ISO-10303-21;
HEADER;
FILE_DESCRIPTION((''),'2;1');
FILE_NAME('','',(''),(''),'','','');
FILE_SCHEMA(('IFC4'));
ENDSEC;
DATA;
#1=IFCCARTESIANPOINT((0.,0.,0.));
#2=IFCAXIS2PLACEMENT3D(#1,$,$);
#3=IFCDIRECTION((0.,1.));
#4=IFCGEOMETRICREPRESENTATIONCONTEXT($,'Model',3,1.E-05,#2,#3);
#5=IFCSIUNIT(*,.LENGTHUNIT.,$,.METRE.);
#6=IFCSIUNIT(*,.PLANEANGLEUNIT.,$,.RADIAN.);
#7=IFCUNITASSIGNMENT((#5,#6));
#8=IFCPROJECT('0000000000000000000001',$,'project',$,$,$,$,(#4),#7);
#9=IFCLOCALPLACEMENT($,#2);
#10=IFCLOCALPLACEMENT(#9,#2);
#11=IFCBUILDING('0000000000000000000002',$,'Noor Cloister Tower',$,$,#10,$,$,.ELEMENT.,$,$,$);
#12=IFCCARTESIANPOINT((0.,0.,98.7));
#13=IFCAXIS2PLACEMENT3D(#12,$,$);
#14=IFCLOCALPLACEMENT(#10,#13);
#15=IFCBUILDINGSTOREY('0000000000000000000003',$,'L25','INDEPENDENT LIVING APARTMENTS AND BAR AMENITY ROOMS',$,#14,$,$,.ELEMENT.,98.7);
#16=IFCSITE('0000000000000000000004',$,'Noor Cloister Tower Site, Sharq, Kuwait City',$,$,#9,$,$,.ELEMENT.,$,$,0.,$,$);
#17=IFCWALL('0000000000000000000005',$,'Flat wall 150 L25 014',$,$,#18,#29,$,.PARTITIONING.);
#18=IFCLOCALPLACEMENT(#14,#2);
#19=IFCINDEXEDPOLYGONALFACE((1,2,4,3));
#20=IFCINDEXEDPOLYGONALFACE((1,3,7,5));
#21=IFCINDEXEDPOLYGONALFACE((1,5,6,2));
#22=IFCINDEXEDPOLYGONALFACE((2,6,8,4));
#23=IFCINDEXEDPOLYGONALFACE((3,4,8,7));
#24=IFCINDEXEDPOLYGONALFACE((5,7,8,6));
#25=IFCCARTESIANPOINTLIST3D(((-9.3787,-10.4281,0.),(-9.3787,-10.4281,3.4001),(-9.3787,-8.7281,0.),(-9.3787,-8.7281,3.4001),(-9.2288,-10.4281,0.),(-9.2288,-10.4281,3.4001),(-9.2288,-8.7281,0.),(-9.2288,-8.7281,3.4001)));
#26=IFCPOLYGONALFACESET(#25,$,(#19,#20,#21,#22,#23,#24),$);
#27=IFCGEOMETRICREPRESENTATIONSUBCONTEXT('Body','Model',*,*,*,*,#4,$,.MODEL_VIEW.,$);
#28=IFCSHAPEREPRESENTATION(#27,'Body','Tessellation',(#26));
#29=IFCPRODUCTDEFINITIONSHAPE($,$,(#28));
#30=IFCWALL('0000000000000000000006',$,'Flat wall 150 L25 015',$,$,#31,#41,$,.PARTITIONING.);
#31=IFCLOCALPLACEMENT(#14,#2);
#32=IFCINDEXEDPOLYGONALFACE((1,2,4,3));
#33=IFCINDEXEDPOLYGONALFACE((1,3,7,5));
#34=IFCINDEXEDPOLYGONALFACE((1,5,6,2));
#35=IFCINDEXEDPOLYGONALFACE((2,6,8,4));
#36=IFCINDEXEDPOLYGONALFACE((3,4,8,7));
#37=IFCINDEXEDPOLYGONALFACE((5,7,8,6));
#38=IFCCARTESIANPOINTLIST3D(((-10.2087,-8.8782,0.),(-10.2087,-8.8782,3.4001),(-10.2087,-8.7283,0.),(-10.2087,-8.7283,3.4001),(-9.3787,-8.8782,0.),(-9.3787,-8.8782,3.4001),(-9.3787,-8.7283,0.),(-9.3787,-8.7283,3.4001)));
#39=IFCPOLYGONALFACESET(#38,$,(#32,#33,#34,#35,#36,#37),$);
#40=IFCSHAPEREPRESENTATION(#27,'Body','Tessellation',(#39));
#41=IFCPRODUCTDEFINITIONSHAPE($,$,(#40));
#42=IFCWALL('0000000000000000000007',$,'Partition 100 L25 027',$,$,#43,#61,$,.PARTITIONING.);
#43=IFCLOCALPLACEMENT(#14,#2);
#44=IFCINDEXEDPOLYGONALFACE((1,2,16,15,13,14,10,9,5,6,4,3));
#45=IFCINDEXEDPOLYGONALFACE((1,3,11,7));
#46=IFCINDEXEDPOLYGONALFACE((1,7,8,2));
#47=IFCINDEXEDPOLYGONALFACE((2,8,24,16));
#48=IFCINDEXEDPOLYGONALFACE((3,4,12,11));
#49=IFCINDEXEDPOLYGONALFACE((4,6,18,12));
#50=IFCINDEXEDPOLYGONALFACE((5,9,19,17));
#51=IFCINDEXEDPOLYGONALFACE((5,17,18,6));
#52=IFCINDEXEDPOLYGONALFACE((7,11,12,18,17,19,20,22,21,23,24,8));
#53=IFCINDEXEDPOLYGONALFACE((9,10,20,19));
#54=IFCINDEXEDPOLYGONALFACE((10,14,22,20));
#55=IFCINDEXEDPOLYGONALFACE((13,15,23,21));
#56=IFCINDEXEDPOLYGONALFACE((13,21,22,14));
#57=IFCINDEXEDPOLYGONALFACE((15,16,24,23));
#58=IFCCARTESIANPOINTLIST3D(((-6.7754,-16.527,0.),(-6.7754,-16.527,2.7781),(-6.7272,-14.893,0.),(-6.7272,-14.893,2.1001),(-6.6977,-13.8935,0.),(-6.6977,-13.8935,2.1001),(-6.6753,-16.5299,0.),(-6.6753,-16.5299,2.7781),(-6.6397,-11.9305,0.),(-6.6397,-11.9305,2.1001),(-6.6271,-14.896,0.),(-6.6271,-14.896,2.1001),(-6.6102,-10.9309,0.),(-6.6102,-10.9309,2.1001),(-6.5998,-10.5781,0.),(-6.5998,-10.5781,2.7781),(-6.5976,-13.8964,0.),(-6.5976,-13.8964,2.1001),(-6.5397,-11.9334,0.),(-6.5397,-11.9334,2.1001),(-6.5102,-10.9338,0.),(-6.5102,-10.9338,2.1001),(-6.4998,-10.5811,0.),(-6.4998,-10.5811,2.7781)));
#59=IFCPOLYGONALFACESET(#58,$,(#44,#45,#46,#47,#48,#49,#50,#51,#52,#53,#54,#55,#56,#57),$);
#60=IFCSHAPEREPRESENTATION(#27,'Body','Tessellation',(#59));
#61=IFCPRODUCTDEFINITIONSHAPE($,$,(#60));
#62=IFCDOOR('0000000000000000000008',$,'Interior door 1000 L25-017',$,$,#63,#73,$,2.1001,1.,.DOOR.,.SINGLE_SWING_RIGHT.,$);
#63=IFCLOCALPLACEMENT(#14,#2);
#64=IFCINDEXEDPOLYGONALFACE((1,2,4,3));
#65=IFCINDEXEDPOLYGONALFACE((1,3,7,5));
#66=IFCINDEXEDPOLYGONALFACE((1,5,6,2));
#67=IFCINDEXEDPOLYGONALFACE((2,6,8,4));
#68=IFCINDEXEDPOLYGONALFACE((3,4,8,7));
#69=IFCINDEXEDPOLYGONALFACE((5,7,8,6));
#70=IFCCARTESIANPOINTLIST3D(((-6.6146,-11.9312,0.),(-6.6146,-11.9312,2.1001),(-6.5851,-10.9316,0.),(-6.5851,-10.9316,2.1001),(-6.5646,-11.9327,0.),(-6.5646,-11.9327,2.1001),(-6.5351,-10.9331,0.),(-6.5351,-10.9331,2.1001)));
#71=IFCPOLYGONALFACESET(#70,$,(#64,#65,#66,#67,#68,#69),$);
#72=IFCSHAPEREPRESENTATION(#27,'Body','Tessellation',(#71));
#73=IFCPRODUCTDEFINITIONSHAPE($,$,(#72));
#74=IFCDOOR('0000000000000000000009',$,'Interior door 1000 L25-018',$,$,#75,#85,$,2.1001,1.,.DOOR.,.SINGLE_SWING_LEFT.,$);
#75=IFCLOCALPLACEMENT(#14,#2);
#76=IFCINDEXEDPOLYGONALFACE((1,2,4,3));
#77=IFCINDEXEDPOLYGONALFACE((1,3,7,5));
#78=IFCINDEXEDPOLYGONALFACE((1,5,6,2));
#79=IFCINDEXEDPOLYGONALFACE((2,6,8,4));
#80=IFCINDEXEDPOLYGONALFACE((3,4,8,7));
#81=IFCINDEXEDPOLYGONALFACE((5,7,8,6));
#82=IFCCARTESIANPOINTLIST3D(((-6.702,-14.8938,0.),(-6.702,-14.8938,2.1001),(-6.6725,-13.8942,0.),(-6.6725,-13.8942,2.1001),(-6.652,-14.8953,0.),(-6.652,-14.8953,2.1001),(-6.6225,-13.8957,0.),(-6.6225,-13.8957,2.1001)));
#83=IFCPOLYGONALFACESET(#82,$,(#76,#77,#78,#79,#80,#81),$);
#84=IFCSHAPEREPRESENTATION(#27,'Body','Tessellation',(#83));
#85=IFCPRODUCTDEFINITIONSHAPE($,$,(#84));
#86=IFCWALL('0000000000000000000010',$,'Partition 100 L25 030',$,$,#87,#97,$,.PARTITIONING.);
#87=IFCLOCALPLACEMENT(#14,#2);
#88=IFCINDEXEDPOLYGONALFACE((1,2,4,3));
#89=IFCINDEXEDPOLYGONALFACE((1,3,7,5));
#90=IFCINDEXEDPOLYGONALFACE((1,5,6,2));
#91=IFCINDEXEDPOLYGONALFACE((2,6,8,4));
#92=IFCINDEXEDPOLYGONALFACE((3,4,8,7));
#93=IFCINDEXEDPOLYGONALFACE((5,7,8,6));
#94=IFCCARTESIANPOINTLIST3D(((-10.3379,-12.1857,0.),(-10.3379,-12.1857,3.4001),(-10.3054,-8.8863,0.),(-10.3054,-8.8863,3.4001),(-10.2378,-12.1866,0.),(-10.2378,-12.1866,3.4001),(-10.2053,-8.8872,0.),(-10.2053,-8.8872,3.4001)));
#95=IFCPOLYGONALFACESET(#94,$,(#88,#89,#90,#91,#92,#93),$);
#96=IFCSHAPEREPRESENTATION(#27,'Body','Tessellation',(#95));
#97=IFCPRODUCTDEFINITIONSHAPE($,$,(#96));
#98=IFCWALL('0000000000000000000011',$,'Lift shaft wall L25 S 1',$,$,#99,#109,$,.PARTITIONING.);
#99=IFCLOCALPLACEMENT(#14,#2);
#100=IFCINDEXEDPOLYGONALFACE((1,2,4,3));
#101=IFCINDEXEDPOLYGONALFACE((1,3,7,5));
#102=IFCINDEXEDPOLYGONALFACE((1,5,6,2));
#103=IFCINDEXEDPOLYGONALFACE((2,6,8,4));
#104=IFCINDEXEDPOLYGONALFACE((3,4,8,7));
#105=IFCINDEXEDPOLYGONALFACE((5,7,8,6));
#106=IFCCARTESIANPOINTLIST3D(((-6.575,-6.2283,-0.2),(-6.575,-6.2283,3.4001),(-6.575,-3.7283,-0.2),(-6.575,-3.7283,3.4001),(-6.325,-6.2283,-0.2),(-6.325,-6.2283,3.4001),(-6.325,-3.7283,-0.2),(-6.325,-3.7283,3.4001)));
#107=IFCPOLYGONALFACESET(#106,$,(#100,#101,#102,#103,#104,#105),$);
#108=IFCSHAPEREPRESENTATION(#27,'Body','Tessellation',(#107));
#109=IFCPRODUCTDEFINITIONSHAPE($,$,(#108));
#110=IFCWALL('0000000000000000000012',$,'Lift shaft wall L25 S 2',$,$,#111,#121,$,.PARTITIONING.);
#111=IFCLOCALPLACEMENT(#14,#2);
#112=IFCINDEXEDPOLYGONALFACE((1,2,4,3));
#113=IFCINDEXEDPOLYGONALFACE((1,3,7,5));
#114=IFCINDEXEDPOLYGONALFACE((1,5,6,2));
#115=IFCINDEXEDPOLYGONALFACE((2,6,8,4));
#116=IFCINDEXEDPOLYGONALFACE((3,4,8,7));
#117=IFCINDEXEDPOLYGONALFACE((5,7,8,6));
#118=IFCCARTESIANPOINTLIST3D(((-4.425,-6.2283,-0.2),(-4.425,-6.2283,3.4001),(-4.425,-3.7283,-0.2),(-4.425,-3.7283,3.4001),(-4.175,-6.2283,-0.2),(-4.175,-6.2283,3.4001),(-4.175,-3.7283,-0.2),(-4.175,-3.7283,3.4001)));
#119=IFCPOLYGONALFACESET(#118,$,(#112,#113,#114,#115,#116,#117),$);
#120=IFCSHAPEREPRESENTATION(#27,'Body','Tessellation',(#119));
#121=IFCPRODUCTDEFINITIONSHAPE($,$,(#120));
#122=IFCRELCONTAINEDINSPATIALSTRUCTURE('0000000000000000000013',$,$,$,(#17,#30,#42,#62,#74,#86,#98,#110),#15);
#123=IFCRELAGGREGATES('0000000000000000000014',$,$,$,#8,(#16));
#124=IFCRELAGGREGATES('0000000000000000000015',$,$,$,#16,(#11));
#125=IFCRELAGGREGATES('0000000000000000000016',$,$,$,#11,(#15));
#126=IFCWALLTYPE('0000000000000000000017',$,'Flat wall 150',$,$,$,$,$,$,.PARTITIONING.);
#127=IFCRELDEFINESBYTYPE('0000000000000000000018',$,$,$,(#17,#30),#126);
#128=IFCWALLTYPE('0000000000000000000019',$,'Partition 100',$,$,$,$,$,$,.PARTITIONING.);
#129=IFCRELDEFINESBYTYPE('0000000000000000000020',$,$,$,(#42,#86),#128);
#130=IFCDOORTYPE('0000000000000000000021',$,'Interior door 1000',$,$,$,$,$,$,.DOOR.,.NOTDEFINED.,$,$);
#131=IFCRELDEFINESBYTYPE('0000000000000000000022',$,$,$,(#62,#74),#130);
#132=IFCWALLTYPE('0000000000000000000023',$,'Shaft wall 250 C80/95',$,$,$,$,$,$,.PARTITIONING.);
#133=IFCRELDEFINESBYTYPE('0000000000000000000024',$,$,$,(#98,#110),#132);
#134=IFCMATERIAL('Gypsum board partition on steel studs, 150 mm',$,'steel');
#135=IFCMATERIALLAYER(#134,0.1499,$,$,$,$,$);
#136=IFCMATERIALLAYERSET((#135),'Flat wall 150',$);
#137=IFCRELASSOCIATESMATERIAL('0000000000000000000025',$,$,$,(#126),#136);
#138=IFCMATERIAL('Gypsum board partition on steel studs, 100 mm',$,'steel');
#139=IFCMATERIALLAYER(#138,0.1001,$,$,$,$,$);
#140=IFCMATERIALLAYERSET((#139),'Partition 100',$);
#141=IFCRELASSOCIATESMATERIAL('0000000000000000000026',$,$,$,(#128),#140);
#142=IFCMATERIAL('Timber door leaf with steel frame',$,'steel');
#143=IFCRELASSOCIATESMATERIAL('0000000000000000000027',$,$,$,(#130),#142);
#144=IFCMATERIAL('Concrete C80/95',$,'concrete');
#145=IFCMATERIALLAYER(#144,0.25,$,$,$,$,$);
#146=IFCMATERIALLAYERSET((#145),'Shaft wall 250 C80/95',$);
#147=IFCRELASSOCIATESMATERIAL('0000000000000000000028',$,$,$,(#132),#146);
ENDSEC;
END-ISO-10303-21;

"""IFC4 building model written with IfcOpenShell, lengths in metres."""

from ifc_helpers import new_model, si_unit, direction, frame, frame_2d, origin, place, context, subcontext, project, spatial, rectangle, extrude, material, layer, layer_set, type_object, element, fill, save


model = new_model("IFC4")

# Units and contexts
model_context = context("Model", 3, precision=1e-05, world=origin(), true_north=direction((0.0, 1.0)))
body_context = subcontext(model_context, "Body", "Model", "MODEL_VIEW")
ifc_project = project(units=[si_unit("LENGTHUNIT", "METRE"), si_unit("PLANEANGLEUNIT", "RADIAN")], contexts=[model_context])

# Site, building, storey
site_placement = place(None, origin())
site = spatial("IfcSite", under=ifc_project, at=site_placement, Name="Noor Cloister Tower Site, Sharq, Kuwait City", CompositionType="ELEMENT", RefElevation=0.0)
building_placement = place(site_placement, origin())
building = spatial("IfcBuilding", under=site, at=building_placement, Name="Noor Cloister Tower", CompositionType="ELEMENT")
storey_placement = place(building_placement, frame((0.0, 0.0, 98.7)))
storey = spatial("IfcBuildingStorey", under=building, at=storey_placement, Name="L25", Description="INDEPENDENT LIVING APARTMENTS AND BAR AMENITY ROOMS", CompositionType="ELEMENT", Elevation=98.7)

# Walls
ifc_material_1 = material(Name="Gypsum board partition on steel studs, 150 mm", Category="steel")
ifc_layer_1 = layer(ifc_material_1, 0.1499)
ifc_layer_set_1 = layer_set([ifc_layer_1], Name="Flat wall 150")
wall_type_1 = type_object("IfcWallType", Name="Flat wall 150", PredefinedType="PARTITIONING", material=ifc_layer_set_1)
wall_1_placement = place(storey_placement, frame((-9.3037, -10.4282, 0.0), z_axis=(0.0, 0.0, 1.0), x_axis=(0.0, 1.0, 0.0)))
element("IfcWall", 1, at=wall_1_placement, inside=storey, type_object=wall_type_1, Name="Flat wall 150 L25 014", PredefinedType="PARTITIONING", context=body_context, shape_type="SweptSolid", body=[
    extrude(rectangle(XDim=1.7, YDim=0.1499, at=frame_2d((0.8501, 0.0))), origin(), (0.0, 0.0, 1.0), 3.4001),
])
wall_2_placement = place(storey_placement, frame((-10.2087, -8.8032, 0.0), z_axis=(0.0, 0.0, 1.0), x_axis=(1.0, 0.0, 0.0)))
element("IfcWall", 2, at=wall_2_placement, inside=storey, type_object=wall_type_1, Name="Flat wall 150 L25 015", PredefinedType="PARTITIONING", context=body_context, shape_type="SweptSolid", body=[
    extrude(rectangle(XDim=0.8301, YDim=0.1499, at=frame_2d((0.415, 0.0))), origin(), (0.0, 0.0, 1.0), 3.4001),
])

# Wall, openings, doors
ifc_material_2 = material(Name="Gypsum board partition on steel studs, 100 mm", Category="steel")
ifc_layer_2 = layer(ifc_material_2, 0.1001)
ifc_layer_set_2 = layer_set([ifc_layer_2], Name="Partition 100")
wall_type_2 = type_object("IfcWallType", Name="Partition 100", PredefinedType="PARTITIONING", material=ifc_layer_set_2)
wall_3_placement = place(storey_placement, frame((-6.7253, -16.5283, 0.0), z_axis=(0.0, 0.0, 1.0), x_axis=(0.029495, 0.999565, 0.0)))
wall_3 = element("IfcWall", 3, at=wall_3_placement, inside=storey, type_object=wall_type_2, Name="Partition 100 L25 027", PredefinedType="PARTITIONING", context=body_context, shape_type="SweptSolid", body=[
    extrude(rectangle(XDim=5.9514, YDim=0.1001, at=frame_2d((2.9756, 0.0))), origin(), (0.0, 0.0, 1.0), 2.7781),
])
opening_1_placement = place(wall_3_placement, frame((4.5984, 0.0, 0.0)))
opening_1 = element("IfcOpeningElement", 4, at=opening_1_placement, cuts=wall_3, PredefinedType="OPENING", context=body_context, shape_type="SweptSolid", body=[
    extrude(rectangle(XDim=1.0, YDim=2.1001, at=frame_2d((0.5, 1.05))), frame((0.0, 0.0601, 0.0), z_axis=(0.0, -1.0, 0.0), x_axis=(1.0, 0.0, 0.0)), (0.0, 0.0, 1.0), 0.1201),
])
opening_2_placement = place(wall_3_placement, frame((1.6345, 0.0, 0.0)))
opening_2 = element("IfcOpeningElement", 5, at=opening_2_placement, cuts=wall_3, PredefinedType="OPENING", context=body_context, shape_type="SweptSolid", body=[
    extrude(rectangle(XDim=1.0, YDim=2.1001, at=frame_2d((0.5, 1.05))), frame((0.0, 0.0601, 0.0), z_axis=(0.0, -1.0, 0.0), x_axis=(1.0, 0.0, 0.0)), (0.0, 0.0, 1.0), 0.1201),
])
ifc_material_3 = material(Name="Timber door leaf with steel frame", Category="steel")
door_type_1 = type_object("IfcDoorType", Name="Interior door 1000", OperationType="NOTDEFINED", PredefinedType="DOOR", material=ifc_material_3)
door_1_placement = place(opening_1_placement, origin())
door_1 = element("IfcDoor", 6, at=door_1_placement, inside=storey, type_object=door_type_1, Name="Interior door 1000 L25-017", OperationType="SINGLE_SWING_RIGHT", OverallHeight=2.1001, OverallWidth=1.0, PredefinedType="DOOR", context=body_context, shape_type="SweptSolid", body=[
    extrude(rectangle(XDim=1.0, YDim=2.1001, at=frame_2d((0.5, 1.05))), frame((0.0, 0.0249, 0.0), z_axis=(0.0, -1.0, 0.0), x_axis=(1.0, 0.0, 0.0)), (0.0, 0.0, 1.0), 0.05),
])
fill(opening_1, door_1)
door_2_placement = place(opening_2_placement, origin())
door_2 = element("IfcDoor", 7, at=door_2_placement, inside=storey, type_object=door_type_1, Name="Interior door 1000 L25-018", OperationType="SINGLE_SWING_LEFT", OverallHeight=2.1001, OverallWidth=1.0, PredefinedType="DOOR", context=body_context, shape_type="SweptSolid", body=[
    extrude(rectangle(XDim=1.0, YDim=2.1001, at=frame_2d((0.5, 1.05))), frame((0.0, 0.0249, 0.0), z_axis=(0.0, -1.0, 0.0), x_axis=(1.0, 0.0, 0.0)), (0.0, 0.0, 1.0), 0.05),
])
fill(opening_2, door_2)

# Walls
wall_4_placement = place(storey_placement, frame((-10.2878, -12.1863, 0.0), z_axis=(0.0, 0.0, 1.0), x_axis=(0.009841, 0.999952, 0.0)))
element("IfcWall", 8, at=wall_4_placement, inside=storey, type_object=wall_type_2, Name="Partition 100 L25 030", PredefinedType="PARTITIONING", context=body_context, shape_type="SweptSolid", body=[
    extrude(rectangle(XDim=3.2996, YDim=0.1001, at=frame_2d((1.6499, 0.0))), origin(), (0.0, 0.0, 1.0), 3.4001),
])
ifc_material_4 = material(Name="Concrete C80/95", Category="concrete")
ifc_layer_3 = layer(ifc_material_4, 0.25)
ifc_layer_set_3 = layer_set([ifc_layer_3], Name="Shaft wall 250 C80/95")
wall_type_3 = type_object("IfcWallType", Name="Shaft wall 250 C80/95", PredefinedType="PARTITIONING", material=ifc_layer_set_3)
for number, where, z_axis, x_axis, name in (
    (9, (-6.45, -6.2283, -0.2), (0.0, 0.0, 1.0), (0.0, 1.0, 0.0), "Lift shaft wall L25 S 1"),
    (10, (-4.3, -6.2283, -0.2), (0.0, 0.0, 1.0), (0.0, 1.0, 0.0), "Lift shaft wall L25 S 2"),
):
    element("IfcWall", number, at=place(storey_placement, frame(where, z_axis=z_axis, x_axis=x_axis)), inside=storey, type_object=wall_type_3, Name=name, PredefinedType="PARTITIONING", context=body_context, shape_type="SweptSolid", body=[
        extrude(rectangle(XDim=2.5, YDim=0.25, at=frame_2d((1.25, 0.0))), origin(), (0.0, 0.0, 1.0), 3.6001),
    ])

save(model, "model.ifc")
